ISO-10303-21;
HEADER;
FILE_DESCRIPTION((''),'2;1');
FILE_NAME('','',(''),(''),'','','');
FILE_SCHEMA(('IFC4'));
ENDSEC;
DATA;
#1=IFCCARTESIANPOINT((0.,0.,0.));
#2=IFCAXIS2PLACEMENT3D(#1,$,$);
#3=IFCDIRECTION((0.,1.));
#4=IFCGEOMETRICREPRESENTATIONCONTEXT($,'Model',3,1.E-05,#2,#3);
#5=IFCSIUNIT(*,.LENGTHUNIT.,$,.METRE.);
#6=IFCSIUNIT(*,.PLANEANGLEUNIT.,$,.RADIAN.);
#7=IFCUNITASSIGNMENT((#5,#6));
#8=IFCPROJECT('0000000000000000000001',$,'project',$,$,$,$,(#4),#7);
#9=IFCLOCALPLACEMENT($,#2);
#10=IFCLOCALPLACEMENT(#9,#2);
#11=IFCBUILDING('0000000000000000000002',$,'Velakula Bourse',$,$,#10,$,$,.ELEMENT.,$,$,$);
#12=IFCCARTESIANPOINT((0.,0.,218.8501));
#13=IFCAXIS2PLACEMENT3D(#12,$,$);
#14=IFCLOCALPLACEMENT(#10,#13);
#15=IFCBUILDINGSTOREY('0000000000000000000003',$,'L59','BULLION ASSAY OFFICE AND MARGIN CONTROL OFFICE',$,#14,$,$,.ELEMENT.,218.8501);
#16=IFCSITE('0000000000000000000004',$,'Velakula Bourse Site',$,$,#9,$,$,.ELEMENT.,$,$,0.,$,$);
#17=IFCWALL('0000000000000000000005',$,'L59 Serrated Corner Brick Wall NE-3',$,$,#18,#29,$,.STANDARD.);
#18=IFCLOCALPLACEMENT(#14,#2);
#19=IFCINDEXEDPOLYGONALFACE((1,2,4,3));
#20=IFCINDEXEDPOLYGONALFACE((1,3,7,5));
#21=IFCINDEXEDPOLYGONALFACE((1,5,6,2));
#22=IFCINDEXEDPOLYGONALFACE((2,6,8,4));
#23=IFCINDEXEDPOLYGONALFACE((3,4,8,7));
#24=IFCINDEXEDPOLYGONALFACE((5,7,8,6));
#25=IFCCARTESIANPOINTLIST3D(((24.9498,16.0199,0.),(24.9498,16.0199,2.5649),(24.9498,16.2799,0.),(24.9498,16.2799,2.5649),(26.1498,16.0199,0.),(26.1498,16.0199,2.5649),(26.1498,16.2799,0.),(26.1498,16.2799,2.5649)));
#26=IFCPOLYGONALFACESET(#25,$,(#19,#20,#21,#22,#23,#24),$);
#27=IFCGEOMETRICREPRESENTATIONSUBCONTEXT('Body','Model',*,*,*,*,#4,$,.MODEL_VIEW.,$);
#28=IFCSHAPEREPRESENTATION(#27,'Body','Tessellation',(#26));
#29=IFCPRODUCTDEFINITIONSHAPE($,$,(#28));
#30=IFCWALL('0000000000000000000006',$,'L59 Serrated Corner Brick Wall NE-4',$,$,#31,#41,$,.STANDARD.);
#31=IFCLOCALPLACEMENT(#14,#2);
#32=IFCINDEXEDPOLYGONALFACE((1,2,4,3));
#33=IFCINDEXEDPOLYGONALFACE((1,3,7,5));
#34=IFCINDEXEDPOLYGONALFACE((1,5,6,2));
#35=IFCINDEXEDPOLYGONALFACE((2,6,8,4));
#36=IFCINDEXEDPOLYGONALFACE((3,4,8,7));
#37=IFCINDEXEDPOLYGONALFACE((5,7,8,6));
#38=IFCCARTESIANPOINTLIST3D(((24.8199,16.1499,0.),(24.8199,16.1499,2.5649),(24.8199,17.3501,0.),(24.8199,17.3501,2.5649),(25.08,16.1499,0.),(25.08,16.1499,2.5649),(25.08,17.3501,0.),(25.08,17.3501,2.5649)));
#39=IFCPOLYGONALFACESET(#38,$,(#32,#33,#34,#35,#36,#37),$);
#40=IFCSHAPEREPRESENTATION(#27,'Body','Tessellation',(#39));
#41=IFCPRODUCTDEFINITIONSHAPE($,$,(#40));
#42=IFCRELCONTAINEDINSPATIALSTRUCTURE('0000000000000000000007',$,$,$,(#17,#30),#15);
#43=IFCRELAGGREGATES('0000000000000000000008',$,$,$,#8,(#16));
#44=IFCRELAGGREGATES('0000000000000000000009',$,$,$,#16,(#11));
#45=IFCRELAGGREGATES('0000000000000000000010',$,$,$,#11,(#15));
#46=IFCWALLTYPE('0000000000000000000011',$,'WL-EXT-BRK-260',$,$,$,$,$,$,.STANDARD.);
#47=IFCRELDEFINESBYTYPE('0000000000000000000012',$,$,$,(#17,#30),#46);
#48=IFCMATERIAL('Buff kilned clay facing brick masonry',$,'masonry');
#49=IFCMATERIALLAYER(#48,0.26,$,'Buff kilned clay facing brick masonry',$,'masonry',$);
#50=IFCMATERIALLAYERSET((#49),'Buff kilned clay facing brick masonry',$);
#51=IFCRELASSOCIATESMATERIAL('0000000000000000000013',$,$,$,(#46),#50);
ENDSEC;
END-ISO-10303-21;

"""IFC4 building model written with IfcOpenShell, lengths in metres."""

from ifc_helpers import new_model, si_unit, direction, frame, frame_2d, origin, place, context, subcontext, project, spatial, rectangle, extrude, material, layer, layer_set, type_object, element, save


model = new_model("IFC4")

# Units and contexts
model_context = context("Model", 3, precision=1e-05, world=origin(), true_north=direction((0.0, 1.0)))
body_context = subcontext(model_context, "Body", "Model", "MODEL_VIEW")
ifc_project = project(units=[si_unit("LENGTHUNIT", "METRE"), si_unit("PLANEANGLEUNIT", "RADIAN")], contexts=[model_context])

# Site, building, storey
site_placement = place(None, origin())
site = spatial("IfcSite", under=ifc_project, at=site_placement, Name="Velakula Bourse Site", CompositionType="ELEMENT", RefElevation=0.0)
building_placement = place(site_placement, origin())
building = spatial("IfcBuilding", under=site, at=building_placement, Name="Velakula Bourse", CompositionType="ELEMENT")
storey_placement = place(building_placement, frame((0.0, 0.0, 218.8501)))
storey = spatial("IfcBuildingStorey", under=building, at=storey_placement, Name="L59", Description="BULLION ASSAY OFFICE AND MARGIN CONTROL OFFICE", CompositionType="ELEMENT", Elevation=218.8501)

# Shared definitions
ifc_material_1 = material(Name="Buff kilned clay facing brick masonry", Category="masonry")
ifc_layer = layer(ifc_material_1, 0.26, Name="Buff kilned clay facing brick masonry", Category="masonry")
ifc_layer_set = layer_set([ifc_layer], Name="Buff kilned clay facing brick masonry")
wall_type = type_object("IfcWallType", Name="WL-EXT-BRK-260", PredefinedType="STANDARD", material=ifc_layer_set)

# Walls
for number, where, z_axis, x_axis, name in (
    (1, (26.1499, 16.1499, 0.0), (0.0, 0.0, 1.0), (-1.0, 0.0, 0.0), "L59 Serrated Corner Brick Wall NE-3"),
):
    element("IfcWall", number, at=place(storey_placement, frame(where, z_axis=z_axis, x_axis=x_axis)), inside=storey, type_object=wall_type, Name=name, PredefinedType="STANDARD", context=body_context, shape_type="SweptSolid", body=[
        extrude(rectangle(XDim=1.2, YDim=0.26, at=frame_2d((0.6001, 0.0))), origin(), (0.0, 0.0, 1.0), 2.5649),
    ])
wall_1_placement = place(storey_placement, frame((24.95, 16.1499, 0.0), z_axis=(0.0, 0.0, 1.0), x_axis=(0.0, 1.0, 0.0)))
element("IfcWall", 2, at=wall_1_placement, inside=storey, type_object=wall_type, Name="L59 Serrated Corner Brick Wall NE-4", PredefinedType="STANDARD", context=body_context, shape_type="SweptSolid", body=[
    extrude(rectangle(XDim=1.2002, YDim=0.26, at=frame_2d((0.6001, 0.0))), origin(), (0.0, 0.0, 1.0), 2.5649),
])

save(model, "model.ifc")
